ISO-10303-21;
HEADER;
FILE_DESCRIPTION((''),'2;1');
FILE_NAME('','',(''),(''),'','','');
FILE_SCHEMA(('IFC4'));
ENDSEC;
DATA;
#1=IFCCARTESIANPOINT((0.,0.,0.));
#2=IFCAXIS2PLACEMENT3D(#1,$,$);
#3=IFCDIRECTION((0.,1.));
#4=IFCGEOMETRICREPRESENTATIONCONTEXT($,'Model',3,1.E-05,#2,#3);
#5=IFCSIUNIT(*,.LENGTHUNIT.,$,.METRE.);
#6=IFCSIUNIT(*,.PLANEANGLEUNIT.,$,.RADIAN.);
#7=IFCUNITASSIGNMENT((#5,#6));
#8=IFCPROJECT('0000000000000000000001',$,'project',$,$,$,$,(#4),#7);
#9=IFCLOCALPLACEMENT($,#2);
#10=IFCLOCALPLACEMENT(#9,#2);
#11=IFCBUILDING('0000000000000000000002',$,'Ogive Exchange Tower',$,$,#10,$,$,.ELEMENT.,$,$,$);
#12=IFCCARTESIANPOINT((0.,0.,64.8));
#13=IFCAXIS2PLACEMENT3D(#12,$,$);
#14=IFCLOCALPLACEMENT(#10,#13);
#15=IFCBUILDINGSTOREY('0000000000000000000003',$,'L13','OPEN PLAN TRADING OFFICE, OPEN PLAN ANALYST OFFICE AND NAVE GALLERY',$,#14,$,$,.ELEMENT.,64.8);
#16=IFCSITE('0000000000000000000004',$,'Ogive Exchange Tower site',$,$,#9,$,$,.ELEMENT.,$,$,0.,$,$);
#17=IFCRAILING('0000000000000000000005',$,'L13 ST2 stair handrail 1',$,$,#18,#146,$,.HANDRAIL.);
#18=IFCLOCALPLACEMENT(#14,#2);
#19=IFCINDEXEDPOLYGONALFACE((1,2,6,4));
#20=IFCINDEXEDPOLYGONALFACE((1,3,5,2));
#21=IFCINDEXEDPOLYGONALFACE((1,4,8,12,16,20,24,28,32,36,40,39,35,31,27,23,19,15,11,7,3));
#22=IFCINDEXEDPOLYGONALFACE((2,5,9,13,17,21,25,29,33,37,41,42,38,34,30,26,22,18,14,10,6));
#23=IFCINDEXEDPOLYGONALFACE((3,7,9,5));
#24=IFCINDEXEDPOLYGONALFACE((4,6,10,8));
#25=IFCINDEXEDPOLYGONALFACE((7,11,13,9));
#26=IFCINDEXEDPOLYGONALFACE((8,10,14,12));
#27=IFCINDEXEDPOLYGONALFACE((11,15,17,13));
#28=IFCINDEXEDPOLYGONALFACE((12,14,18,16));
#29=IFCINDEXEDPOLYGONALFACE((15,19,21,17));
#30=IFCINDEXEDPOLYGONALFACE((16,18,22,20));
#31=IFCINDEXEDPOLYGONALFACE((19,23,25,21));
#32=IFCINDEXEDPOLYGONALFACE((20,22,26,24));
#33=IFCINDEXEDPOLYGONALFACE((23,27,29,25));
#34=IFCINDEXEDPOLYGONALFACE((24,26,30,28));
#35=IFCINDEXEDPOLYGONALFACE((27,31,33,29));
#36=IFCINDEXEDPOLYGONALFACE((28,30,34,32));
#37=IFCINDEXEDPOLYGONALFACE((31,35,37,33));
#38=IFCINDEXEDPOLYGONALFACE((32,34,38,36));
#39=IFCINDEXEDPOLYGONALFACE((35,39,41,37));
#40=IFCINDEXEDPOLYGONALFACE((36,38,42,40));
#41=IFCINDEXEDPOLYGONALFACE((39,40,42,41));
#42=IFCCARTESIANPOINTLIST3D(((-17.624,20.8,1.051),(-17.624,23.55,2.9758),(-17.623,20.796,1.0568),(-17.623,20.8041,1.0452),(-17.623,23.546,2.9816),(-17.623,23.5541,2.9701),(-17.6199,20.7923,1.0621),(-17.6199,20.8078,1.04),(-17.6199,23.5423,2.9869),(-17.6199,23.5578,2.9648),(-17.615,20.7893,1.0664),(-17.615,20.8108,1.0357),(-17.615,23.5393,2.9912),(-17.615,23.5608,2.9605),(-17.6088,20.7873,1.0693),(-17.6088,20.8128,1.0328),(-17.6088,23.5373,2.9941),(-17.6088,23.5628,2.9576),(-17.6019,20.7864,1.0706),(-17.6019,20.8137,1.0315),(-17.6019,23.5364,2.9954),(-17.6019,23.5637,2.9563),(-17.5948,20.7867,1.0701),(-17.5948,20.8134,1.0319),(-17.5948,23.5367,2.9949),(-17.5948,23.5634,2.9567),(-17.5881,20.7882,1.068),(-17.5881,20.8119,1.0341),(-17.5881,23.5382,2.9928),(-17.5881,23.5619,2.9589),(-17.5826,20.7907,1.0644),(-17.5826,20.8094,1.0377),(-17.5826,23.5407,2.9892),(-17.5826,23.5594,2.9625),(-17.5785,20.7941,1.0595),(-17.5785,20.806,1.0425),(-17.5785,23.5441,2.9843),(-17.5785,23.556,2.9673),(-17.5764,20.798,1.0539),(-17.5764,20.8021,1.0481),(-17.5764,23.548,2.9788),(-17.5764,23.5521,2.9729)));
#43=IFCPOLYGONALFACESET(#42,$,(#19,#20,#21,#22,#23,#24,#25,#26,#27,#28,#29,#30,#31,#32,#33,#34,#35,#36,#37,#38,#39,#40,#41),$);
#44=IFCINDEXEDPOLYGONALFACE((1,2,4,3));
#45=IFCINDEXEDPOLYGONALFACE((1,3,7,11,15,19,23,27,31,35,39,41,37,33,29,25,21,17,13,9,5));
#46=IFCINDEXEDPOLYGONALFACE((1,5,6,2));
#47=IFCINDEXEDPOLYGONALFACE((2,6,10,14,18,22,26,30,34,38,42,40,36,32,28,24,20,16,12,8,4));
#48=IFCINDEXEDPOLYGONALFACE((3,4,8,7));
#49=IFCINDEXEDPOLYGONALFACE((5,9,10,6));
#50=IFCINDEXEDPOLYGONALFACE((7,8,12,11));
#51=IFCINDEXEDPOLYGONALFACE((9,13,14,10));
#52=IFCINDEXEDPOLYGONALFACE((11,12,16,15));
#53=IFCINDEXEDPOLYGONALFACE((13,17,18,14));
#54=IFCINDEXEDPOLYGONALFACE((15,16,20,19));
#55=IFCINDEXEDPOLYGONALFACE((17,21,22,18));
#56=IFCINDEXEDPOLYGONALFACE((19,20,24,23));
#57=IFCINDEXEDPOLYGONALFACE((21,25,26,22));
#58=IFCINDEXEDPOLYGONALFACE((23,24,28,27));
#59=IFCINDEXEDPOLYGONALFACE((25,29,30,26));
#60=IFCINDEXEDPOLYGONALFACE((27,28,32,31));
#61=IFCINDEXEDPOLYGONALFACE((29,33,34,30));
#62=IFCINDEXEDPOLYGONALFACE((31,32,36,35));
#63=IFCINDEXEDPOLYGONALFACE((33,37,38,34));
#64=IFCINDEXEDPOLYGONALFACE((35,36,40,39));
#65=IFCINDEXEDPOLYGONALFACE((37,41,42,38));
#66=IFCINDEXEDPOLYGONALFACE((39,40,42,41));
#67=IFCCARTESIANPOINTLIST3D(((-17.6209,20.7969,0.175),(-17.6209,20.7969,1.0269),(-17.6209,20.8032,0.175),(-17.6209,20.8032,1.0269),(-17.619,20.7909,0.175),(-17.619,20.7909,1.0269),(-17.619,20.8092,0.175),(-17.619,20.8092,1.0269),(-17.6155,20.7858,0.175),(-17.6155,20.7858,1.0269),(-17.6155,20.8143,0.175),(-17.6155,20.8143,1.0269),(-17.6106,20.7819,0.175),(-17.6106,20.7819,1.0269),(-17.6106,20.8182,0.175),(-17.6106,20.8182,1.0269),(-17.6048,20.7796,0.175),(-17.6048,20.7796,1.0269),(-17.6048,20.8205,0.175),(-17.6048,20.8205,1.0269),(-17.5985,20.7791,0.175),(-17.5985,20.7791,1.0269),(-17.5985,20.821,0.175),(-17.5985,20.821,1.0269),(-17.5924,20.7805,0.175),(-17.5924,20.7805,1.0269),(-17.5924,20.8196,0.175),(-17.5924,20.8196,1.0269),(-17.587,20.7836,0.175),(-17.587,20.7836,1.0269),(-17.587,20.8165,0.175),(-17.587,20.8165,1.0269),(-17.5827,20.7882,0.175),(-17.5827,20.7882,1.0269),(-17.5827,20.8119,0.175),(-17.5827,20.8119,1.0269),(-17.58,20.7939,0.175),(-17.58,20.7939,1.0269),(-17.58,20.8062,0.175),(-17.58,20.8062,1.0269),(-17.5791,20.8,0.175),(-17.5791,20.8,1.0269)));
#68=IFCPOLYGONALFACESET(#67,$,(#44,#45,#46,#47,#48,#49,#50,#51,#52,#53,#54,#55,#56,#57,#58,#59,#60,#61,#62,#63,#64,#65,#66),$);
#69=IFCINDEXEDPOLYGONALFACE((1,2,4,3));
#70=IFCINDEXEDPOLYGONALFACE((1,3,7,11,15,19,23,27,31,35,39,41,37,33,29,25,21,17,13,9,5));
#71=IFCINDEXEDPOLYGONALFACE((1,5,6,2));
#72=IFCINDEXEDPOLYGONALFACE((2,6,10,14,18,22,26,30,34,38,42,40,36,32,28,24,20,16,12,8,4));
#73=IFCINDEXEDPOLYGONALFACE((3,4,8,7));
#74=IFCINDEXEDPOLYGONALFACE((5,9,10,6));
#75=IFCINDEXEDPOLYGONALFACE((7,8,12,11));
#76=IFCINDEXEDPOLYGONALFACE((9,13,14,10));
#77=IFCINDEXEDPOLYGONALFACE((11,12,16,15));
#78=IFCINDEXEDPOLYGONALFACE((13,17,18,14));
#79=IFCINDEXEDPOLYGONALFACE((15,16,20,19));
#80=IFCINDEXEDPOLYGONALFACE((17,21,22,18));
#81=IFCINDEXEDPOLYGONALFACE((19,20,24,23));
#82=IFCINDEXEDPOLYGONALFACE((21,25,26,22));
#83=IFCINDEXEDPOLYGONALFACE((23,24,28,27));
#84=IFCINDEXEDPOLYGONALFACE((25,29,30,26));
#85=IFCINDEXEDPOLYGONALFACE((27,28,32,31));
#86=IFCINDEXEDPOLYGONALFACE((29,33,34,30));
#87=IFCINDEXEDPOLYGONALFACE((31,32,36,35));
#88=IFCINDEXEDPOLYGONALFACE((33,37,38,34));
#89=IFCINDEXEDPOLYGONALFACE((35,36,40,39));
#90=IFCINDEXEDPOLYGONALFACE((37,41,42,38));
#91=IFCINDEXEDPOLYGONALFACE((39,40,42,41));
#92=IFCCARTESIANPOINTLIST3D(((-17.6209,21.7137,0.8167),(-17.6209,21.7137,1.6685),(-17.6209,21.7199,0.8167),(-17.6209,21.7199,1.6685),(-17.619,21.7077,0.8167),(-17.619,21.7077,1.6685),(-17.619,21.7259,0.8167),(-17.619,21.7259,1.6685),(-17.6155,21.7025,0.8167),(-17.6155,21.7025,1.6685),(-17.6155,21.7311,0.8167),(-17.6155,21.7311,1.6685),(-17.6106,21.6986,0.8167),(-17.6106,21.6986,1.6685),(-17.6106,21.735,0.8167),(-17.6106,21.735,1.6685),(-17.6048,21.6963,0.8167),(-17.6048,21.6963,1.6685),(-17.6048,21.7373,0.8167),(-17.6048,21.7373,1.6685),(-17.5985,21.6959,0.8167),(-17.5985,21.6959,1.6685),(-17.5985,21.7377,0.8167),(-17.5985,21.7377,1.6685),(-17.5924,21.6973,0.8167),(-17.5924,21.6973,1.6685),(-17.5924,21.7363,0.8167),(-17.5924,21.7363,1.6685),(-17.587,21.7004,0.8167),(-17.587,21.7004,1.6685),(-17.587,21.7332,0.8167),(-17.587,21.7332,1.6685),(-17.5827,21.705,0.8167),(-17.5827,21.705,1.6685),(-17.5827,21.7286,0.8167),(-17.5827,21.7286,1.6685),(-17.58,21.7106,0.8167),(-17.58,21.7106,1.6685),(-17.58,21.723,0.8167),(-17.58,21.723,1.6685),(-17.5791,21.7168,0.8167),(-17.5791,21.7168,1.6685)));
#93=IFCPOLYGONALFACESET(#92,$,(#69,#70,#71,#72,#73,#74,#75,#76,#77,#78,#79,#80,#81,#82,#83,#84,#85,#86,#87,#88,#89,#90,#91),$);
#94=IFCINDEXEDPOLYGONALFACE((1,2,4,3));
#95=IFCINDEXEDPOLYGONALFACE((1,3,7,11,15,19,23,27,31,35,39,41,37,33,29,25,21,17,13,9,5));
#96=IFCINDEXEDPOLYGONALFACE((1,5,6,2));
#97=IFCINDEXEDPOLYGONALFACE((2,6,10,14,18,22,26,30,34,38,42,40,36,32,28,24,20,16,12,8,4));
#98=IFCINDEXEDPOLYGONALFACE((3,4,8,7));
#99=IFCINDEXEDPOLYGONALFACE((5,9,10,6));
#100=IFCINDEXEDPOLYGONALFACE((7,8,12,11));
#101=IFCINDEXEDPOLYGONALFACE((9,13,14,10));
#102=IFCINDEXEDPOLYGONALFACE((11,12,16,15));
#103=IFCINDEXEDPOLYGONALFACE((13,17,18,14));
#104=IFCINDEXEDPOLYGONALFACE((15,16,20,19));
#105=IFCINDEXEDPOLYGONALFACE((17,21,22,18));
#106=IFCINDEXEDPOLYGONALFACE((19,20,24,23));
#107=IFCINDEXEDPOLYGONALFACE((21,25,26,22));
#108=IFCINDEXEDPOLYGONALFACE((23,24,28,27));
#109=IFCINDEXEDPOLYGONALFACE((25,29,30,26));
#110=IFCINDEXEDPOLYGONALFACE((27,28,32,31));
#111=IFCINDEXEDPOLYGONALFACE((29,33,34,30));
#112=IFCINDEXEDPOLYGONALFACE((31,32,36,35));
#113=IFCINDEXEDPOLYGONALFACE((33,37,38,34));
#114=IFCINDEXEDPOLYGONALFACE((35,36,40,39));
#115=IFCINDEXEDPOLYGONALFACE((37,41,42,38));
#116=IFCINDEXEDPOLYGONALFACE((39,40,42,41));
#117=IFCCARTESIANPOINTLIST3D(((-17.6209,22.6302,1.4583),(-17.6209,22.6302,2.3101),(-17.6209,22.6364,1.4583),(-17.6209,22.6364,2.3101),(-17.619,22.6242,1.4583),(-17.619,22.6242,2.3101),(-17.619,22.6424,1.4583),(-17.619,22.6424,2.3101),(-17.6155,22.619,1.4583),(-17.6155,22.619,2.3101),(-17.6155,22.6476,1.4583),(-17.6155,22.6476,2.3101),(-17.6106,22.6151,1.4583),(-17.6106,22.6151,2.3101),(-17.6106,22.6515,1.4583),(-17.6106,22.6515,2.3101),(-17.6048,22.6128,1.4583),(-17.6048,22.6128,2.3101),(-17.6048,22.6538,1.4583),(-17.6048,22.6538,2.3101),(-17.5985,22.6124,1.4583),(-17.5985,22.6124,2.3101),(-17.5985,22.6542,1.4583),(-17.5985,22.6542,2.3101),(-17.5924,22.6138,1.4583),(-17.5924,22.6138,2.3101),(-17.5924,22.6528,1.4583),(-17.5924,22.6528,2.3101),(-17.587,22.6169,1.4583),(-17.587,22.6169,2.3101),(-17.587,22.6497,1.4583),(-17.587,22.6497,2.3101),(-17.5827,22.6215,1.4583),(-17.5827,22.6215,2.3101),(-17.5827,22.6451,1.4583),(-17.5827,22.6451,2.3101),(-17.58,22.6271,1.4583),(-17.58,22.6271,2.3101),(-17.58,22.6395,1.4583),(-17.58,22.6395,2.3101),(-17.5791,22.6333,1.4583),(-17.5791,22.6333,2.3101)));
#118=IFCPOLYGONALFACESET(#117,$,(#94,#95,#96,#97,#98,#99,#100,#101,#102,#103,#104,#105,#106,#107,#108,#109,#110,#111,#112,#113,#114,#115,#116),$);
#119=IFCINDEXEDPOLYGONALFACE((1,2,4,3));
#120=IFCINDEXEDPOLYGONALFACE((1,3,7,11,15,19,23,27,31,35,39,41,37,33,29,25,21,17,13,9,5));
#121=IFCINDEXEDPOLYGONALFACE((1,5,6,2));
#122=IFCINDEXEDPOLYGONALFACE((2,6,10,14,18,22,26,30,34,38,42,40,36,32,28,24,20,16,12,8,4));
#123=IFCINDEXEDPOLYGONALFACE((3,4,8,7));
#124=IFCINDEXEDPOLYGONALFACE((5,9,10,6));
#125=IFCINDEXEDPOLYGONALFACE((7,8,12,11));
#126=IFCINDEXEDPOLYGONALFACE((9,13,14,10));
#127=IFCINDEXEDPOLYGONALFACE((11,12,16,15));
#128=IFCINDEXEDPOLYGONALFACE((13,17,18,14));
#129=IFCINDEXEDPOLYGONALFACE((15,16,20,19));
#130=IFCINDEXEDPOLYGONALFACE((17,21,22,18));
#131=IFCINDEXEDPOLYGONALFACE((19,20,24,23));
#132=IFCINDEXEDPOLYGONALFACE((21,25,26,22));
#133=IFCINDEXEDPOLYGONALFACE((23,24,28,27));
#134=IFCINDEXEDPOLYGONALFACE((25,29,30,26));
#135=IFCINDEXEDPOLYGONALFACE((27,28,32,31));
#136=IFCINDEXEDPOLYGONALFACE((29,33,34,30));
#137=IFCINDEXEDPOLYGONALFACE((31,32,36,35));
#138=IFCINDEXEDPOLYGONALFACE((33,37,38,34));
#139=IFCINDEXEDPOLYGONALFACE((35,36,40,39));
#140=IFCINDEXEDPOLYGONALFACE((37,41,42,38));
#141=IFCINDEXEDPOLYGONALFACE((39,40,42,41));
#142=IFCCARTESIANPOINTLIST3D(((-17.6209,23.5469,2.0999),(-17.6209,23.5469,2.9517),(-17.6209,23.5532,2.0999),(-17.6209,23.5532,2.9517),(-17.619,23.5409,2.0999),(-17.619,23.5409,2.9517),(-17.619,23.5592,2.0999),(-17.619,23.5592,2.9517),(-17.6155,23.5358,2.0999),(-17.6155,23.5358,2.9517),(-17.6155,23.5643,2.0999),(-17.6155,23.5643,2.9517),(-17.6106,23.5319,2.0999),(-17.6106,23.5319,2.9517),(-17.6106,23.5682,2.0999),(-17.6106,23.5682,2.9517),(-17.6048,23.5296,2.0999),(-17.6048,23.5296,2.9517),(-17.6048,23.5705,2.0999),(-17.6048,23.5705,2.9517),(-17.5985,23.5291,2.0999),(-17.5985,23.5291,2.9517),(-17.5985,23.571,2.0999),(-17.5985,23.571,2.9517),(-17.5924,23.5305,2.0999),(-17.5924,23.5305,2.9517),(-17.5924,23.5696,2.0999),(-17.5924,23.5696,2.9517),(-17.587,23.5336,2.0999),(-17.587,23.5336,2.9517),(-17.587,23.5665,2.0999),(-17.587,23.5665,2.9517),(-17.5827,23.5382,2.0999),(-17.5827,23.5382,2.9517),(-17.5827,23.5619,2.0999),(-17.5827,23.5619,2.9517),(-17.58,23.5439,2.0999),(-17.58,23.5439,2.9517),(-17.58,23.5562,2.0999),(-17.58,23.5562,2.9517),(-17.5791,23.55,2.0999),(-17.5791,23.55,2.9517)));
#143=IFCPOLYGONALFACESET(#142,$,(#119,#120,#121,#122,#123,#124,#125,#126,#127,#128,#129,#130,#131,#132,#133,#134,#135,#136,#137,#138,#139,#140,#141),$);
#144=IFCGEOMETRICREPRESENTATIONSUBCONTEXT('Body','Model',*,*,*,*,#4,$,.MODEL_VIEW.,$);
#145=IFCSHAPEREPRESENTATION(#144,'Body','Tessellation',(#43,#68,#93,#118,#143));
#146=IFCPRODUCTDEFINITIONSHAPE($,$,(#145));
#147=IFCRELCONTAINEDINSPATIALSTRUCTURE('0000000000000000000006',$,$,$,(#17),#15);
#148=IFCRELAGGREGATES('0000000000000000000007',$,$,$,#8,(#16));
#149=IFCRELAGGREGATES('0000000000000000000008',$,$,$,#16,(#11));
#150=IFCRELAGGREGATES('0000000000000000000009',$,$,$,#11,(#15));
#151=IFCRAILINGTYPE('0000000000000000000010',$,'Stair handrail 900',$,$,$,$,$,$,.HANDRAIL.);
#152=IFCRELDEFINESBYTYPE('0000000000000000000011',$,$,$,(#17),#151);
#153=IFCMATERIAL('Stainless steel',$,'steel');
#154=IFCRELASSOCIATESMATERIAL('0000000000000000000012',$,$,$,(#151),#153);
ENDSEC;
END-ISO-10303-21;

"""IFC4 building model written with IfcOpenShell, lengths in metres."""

from ifc_helpers import new_model, si_unit, direction, frame, origin, origin_2d, place, context, subcontext, project, spatial, circle, extrude, material, type_object, element, save


model = new_model("IFC4")

# Units and contexts
model_context = context("Model", 3, precision=1e-05, world=origin(), true_north=direction((0.0, 1.0)))
body_context = subcontext(model_context, "Body", "Model", "MODEL_VIEW")
ifc_project = project(units=[si_unit("LENGTHUNIT", "METRE"), si_unit("PLANEANGLEUNIT", "RADIAN")], contexts=[model_context])

# Site, building, storey
site_placement = place(None, origin())
site = spatial("IfcSite", under=ifc_project, at=site_placement, Name="Ogive Exchange Tower site", CompositionType="ELEMENT", RefElevation=0.0)
building_placement = place(site_placement, origin())
building = spatial("IfcBuilding", under=site, at=building_placement, Name="Ogive Exchange Tower", CompositionType="ELEMENT")
storey_placement = place(building_placement, frame((0.0, 0.0, 64.8)))
storey = spatial("IfcBuildingStorey", under=building, at=storey_placement, Name="L13", Description="OPEN PLAN TRADING OFFICE, OPEN PLAN ANALYST OFFICE AND NAVE GALLERY", CompositionType="ELEMENT", Elevation=64.8)

# Railing
ifc_material_1 = material(Name="Stainless steel", Category="steel")
railing_type = type_object("IfcRailingType", Name="Stair handrail 900", PredefinedType="HANDRAIL", material=ifc_material_1)
railing_1_placement = place(storey_placement, frame((-17.6001, 20.8, 0.175)))
element("IfcRailing", 1, at=railing_1_placement, inside=storey, type_object=railing_type, Name="L13 ST2 stair handrail 1", PredefinedType="HANDRAIL", context=body_context, shape_type="SweptSolid", body=[
    extrude(circle(Radius=0.0239, at=origin_2d()), frame((0.0, 0.0, 0.876), z_axis=(0.0, 0.819259, 0.573423), x_axis=(-1.0, 0.0, 0.0)), (0.0, 0.0, 1.0), 3.3567),
    extrude(circle(Radius=0.021, at=origin_2d()), origin(), (0.0, 0.0, 1.0), 0.8518),
    extrude(circle(Radius=0.021, at=origin_2d()), frame((0.0, 0.9167, 0.6416)), (0.0, 0.0, 1.0), 0.8518),
    extrude(circle(Radius=0.021, at=origin_2d()), frame((0.0, 1.8333, 1.2832)), (0.0, 0.0, 1.0), 0.8518),
    extrude(circle(Radius=0.021, at=origin_2d()), frame((0.0, 2.75, 1.9248)), (0.0, 0.0, 1.0), 0.8518),
])

save(model, "model.ifc")
